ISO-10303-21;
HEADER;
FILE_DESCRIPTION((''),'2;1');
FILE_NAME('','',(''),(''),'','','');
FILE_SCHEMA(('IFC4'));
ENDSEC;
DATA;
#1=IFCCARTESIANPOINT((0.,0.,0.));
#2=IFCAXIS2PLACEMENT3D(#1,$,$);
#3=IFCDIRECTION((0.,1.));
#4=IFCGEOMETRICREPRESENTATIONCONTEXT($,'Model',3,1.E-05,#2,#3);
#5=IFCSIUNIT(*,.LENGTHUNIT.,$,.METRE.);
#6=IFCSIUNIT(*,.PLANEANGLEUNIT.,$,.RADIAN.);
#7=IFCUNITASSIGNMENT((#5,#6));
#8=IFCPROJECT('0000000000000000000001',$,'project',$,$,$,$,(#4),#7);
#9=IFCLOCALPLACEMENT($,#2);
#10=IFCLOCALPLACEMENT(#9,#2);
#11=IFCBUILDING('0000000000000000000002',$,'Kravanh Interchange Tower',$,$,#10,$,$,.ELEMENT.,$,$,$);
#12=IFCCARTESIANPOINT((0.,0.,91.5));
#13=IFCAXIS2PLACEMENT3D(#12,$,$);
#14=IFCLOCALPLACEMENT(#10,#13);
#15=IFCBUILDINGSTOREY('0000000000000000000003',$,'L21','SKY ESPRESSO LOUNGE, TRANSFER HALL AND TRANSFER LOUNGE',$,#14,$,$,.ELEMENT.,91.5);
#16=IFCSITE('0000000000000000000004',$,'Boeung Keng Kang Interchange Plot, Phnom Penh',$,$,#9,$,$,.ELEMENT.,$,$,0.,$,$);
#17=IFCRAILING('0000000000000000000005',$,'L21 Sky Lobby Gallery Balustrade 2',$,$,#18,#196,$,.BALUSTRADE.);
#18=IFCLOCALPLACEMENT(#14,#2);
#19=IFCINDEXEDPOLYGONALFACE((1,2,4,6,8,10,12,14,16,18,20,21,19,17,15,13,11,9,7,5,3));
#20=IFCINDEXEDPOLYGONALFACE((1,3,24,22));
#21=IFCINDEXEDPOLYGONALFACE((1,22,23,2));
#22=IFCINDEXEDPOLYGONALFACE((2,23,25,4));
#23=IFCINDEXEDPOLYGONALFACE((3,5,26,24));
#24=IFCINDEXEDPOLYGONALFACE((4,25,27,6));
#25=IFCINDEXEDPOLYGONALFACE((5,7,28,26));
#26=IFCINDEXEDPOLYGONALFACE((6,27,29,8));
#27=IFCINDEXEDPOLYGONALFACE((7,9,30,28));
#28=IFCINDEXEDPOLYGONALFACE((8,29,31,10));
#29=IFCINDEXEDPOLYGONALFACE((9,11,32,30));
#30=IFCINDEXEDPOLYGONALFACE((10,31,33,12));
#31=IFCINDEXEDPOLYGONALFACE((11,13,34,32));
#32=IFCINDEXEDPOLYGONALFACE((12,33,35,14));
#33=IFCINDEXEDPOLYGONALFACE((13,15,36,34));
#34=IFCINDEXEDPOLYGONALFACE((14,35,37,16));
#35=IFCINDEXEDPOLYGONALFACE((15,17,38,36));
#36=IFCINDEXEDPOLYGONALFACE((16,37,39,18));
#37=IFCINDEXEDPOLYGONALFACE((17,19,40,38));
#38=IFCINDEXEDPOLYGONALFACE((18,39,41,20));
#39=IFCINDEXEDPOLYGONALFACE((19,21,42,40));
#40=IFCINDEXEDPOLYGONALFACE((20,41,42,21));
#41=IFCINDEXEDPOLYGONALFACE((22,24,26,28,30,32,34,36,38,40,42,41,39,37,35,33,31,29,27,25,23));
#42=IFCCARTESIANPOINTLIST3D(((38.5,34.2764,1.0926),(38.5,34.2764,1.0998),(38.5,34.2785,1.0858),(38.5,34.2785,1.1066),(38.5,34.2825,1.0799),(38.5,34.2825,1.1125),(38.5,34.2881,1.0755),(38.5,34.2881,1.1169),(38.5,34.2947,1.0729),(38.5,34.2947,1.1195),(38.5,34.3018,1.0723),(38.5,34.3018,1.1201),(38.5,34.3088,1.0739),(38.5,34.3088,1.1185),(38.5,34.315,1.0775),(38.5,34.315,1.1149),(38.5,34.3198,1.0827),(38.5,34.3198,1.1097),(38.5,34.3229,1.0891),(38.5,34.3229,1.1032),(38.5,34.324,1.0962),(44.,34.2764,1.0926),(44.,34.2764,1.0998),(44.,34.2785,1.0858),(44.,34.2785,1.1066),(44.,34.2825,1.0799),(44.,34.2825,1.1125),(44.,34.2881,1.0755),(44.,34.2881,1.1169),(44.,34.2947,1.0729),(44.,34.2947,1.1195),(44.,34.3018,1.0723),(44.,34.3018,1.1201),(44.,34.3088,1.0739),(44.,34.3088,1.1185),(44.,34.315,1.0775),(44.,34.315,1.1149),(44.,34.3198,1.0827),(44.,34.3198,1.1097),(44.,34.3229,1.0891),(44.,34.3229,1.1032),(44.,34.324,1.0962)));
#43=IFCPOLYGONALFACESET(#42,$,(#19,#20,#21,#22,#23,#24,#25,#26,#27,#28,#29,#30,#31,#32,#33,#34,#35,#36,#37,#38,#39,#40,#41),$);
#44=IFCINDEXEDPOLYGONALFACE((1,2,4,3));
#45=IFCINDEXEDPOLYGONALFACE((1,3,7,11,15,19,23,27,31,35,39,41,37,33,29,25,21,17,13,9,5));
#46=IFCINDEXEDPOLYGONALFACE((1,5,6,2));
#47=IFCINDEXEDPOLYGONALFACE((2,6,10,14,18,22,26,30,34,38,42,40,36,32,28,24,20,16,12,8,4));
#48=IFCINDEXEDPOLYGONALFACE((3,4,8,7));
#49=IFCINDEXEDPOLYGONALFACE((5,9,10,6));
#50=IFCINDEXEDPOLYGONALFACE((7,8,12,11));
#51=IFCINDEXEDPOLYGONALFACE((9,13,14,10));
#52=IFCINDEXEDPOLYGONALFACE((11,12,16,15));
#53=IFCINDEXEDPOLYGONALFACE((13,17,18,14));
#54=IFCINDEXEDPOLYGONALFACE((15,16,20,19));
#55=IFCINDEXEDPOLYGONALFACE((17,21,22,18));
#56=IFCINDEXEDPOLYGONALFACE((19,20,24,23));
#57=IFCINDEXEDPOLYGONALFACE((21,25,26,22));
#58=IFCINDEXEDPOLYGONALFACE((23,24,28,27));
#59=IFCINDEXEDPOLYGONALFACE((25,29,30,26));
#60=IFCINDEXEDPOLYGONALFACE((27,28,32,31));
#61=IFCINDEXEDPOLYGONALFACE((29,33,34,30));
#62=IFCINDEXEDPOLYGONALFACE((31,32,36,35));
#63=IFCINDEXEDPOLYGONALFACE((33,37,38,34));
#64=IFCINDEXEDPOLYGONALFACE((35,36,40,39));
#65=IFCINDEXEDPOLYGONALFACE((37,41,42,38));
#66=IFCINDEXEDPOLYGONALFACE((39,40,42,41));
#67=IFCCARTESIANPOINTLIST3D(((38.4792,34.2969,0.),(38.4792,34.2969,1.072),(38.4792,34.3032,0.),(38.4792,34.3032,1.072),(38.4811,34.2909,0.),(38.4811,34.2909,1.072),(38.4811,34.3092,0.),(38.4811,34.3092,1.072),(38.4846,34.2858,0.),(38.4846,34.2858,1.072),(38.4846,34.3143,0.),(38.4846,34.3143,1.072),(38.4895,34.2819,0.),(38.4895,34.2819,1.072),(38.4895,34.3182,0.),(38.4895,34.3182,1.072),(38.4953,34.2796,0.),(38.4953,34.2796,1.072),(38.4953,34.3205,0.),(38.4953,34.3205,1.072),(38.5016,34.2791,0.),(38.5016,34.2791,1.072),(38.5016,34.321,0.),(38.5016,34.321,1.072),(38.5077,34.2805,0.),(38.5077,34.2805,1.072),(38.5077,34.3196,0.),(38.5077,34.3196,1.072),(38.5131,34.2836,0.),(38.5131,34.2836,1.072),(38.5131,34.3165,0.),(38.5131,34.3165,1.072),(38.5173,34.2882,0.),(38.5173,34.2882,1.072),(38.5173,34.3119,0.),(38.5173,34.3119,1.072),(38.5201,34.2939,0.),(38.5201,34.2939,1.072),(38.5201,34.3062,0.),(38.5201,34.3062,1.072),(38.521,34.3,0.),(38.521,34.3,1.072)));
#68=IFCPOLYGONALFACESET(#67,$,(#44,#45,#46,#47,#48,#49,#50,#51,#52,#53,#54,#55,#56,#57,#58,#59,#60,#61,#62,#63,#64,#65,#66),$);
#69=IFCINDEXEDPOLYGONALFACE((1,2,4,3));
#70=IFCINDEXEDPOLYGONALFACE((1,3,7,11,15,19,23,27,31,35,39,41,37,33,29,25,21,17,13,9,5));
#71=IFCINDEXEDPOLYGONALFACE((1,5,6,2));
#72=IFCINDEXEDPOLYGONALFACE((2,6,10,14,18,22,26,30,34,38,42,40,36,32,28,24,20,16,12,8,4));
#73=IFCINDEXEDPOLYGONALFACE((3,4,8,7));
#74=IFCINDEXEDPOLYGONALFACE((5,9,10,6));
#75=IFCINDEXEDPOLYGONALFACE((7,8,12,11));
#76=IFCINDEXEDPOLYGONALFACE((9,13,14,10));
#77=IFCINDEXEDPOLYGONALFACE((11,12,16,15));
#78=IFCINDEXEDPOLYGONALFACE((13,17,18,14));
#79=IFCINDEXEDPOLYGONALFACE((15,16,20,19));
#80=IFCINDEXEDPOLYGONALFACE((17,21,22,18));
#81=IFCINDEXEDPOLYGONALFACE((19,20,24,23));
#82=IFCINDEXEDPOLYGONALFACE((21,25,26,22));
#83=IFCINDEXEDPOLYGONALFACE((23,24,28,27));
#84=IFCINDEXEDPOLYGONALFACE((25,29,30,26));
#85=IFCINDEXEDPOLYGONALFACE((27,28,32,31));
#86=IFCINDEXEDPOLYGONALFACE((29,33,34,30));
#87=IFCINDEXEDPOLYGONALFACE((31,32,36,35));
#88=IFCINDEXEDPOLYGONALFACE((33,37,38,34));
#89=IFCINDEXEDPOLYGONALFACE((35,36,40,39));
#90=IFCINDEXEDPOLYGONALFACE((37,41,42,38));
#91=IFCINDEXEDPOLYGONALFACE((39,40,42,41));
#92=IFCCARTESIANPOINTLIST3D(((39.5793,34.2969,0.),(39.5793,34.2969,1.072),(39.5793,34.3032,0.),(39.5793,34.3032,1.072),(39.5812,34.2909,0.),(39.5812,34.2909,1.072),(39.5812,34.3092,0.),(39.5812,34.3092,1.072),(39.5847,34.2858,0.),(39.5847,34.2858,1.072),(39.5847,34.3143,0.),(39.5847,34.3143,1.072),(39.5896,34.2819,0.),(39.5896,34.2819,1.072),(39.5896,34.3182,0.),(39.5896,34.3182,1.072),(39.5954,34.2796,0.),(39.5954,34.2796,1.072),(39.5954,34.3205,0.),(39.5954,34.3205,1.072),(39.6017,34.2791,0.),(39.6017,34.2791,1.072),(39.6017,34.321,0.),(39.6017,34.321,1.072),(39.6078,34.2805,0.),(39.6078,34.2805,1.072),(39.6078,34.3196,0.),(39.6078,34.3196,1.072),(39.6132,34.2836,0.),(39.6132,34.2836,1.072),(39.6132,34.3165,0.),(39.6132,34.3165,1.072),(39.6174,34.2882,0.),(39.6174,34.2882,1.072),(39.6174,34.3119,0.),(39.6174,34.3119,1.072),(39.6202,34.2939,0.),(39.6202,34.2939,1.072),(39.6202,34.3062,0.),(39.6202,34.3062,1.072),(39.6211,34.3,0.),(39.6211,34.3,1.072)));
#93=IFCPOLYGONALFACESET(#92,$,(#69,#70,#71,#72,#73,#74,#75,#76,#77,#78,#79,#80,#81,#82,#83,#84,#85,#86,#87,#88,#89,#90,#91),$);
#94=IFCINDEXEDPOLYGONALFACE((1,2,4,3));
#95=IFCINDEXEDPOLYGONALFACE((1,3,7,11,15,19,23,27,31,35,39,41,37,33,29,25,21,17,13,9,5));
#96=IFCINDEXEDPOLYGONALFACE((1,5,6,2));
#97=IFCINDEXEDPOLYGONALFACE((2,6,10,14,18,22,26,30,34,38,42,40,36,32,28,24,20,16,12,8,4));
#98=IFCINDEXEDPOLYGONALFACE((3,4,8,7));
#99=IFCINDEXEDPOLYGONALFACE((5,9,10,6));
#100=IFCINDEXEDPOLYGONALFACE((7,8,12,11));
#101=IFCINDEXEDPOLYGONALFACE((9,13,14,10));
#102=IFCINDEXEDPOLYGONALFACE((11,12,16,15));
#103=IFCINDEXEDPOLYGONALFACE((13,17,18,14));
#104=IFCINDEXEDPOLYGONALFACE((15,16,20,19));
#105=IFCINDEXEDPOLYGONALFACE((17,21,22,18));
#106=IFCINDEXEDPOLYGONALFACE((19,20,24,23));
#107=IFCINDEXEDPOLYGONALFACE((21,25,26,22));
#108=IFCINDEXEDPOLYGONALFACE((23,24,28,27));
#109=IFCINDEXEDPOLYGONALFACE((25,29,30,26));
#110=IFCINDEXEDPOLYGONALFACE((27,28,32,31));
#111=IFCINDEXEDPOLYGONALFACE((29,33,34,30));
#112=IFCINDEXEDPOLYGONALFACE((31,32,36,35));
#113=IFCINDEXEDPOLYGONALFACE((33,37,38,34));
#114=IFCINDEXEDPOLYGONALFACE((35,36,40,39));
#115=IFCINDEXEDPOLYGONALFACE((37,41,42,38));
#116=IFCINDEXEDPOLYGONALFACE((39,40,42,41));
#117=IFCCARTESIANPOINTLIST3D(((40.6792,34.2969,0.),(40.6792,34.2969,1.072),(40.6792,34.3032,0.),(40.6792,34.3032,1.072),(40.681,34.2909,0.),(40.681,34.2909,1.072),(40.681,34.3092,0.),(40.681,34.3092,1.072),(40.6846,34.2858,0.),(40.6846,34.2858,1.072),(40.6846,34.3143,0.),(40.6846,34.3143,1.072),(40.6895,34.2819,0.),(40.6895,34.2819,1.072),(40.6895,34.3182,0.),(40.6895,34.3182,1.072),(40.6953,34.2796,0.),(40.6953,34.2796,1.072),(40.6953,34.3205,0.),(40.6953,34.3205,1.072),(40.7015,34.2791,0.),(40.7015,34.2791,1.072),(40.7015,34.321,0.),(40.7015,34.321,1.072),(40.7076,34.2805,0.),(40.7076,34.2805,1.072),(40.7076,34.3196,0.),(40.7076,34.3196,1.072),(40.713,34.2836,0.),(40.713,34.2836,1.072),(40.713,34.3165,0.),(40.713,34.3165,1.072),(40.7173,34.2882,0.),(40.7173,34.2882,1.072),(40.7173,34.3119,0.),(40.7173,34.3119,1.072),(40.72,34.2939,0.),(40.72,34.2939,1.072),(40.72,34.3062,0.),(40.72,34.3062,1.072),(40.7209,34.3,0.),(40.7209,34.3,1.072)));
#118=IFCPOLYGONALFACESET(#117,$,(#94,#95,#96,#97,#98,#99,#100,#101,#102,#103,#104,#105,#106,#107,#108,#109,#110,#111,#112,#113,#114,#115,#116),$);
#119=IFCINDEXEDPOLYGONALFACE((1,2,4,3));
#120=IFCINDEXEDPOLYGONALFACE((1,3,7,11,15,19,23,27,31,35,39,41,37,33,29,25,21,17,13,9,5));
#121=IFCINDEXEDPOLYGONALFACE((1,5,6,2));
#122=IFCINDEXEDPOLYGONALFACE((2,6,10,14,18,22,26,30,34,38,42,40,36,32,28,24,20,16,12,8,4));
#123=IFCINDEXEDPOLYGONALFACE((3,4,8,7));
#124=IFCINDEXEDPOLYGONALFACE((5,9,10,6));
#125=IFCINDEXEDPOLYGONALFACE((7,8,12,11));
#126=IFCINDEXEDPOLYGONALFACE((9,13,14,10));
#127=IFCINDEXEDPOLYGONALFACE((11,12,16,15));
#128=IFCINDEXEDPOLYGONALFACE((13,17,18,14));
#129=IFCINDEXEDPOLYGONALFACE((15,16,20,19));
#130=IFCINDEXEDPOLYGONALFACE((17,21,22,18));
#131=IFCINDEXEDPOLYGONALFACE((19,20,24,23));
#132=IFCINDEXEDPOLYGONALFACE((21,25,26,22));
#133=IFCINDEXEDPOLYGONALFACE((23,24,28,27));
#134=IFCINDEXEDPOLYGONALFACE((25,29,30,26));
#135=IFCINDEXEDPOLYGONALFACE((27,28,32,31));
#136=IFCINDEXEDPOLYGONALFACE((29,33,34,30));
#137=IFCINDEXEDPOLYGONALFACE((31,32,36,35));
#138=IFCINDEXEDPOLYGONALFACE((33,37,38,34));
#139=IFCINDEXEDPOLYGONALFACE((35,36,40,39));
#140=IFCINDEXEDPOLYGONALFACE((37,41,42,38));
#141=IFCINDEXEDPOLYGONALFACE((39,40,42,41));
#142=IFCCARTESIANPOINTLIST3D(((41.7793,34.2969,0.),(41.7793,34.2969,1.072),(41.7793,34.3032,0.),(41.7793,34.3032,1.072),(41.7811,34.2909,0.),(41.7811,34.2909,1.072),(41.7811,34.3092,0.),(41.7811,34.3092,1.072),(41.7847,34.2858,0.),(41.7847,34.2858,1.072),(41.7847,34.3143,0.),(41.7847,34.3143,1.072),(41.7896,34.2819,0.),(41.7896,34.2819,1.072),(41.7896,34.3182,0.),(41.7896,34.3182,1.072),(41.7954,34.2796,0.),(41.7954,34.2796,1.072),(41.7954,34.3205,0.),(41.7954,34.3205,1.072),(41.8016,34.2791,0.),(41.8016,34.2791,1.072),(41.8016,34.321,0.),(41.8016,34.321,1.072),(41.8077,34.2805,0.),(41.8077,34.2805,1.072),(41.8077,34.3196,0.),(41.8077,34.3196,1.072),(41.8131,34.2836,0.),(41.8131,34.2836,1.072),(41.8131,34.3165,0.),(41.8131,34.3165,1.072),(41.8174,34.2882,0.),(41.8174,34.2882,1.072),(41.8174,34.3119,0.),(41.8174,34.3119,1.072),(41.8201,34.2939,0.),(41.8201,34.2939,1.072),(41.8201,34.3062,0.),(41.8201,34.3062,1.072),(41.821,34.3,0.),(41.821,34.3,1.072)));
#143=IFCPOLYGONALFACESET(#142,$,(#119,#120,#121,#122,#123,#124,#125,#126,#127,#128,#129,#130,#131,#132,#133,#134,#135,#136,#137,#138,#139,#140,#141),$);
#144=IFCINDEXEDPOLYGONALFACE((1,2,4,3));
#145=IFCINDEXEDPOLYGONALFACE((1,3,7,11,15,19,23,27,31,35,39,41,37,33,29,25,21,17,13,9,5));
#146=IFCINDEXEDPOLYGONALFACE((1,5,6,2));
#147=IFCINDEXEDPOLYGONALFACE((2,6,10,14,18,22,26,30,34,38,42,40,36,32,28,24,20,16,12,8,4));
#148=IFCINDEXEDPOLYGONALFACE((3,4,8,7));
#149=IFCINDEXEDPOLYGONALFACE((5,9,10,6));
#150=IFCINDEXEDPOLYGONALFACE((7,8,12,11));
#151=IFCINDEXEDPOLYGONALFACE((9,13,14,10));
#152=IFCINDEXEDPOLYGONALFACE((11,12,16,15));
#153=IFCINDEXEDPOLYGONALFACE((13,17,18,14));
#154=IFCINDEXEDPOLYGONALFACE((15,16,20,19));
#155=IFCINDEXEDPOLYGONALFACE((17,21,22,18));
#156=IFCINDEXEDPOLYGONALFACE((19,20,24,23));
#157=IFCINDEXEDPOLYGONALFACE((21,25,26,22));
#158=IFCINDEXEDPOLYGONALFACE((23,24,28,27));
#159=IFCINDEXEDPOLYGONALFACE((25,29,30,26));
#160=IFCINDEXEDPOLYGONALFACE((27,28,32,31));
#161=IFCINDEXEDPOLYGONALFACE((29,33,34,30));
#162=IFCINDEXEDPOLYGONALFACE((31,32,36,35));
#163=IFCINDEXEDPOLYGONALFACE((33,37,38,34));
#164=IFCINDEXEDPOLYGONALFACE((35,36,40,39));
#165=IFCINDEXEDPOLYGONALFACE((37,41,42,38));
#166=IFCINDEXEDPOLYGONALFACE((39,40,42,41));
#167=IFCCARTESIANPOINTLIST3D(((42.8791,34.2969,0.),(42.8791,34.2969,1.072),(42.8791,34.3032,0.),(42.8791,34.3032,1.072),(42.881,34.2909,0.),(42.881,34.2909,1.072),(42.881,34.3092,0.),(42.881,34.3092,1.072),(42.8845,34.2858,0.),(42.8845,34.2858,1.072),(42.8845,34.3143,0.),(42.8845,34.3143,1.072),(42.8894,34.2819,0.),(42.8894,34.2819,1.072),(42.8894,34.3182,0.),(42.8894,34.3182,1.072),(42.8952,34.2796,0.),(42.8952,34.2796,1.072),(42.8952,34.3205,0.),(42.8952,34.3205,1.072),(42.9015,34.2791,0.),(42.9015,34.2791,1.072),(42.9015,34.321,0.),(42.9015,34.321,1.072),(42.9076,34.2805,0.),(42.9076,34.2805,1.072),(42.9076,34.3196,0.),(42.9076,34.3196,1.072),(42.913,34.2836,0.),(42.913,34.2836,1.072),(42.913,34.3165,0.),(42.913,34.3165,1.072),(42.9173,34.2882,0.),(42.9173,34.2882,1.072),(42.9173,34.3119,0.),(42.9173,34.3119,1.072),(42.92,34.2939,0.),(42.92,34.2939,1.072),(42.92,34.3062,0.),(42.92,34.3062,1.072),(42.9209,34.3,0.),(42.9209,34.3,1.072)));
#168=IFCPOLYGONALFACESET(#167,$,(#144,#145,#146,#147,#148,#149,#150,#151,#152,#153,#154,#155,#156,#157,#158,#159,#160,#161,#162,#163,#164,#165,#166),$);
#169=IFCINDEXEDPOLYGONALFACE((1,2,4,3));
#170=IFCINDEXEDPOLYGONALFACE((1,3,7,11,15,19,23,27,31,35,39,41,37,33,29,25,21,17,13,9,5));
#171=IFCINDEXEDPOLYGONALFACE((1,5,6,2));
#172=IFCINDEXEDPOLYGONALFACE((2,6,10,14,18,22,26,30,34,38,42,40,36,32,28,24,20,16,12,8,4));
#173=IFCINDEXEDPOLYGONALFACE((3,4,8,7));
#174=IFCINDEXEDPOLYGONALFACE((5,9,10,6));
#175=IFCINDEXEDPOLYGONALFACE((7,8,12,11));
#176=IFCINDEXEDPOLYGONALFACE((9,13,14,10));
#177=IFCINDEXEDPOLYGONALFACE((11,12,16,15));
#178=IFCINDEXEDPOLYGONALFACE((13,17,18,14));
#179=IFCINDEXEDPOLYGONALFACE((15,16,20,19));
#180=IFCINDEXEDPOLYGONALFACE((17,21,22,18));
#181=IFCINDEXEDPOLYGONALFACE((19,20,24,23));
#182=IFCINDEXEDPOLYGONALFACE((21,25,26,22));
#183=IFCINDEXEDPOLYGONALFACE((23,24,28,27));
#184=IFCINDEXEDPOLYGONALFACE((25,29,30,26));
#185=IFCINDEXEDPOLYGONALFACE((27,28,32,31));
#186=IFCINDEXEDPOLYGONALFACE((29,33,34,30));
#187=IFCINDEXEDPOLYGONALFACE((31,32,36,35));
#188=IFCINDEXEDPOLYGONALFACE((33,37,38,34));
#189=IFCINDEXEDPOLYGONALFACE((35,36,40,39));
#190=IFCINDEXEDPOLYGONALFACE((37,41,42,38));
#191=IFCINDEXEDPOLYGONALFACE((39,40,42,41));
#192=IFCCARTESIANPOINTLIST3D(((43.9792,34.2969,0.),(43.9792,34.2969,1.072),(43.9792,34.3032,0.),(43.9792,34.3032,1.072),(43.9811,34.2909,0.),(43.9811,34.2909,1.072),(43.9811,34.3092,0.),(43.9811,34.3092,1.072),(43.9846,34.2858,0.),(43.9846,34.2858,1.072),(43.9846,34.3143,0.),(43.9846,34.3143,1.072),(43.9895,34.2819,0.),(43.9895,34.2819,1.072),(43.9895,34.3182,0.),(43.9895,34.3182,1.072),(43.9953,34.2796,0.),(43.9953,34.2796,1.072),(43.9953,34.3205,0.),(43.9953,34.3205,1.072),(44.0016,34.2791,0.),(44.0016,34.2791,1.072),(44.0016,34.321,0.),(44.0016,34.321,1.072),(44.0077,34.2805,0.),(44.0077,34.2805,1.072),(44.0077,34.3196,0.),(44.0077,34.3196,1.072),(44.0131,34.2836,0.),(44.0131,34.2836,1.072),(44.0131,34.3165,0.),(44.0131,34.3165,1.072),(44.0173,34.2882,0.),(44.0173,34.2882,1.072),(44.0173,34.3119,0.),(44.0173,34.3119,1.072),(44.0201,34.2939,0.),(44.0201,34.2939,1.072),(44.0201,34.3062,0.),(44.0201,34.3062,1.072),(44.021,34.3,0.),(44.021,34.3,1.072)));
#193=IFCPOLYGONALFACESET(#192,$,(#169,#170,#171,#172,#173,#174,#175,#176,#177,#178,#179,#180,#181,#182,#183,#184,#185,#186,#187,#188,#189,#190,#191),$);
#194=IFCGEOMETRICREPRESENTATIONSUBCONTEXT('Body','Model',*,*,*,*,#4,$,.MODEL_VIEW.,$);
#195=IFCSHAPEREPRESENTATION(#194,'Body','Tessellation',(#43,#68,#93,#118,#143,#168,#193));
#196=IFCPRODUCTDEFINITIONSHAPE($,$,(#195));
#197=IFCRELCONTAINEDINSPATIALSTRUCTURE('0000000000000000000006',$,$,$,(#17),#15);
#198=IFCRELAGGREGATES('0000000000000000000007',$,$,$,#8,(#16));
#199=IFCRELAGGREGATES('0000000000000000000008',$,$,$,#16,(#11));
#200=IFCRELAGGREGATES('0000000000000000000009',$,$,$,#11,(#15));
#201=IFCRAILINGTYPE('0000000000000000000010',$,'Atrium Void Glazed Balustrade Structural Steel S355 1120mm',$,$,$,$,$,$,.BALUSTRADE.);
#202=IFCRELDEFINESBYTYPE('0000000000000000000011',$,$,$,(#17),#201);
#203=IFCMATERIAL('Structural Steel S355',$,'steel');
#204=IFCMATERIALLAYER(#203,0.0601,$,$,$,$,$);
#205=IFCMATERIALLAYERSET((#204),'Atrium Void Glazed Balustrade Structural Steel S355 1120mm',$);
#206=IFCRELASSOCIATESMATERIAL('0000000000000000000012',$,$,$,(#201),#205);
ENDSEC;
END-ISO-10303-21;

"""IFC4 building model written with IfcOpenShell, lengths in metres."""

from ifc_helpers import new_model, si_unit, direction, frame, origin, origin_2d, place, context, subcontext, project, spatial, circle, extrude, material, layer, layer_set, type_object, element, save


model = new_model("IFC4")

# Units and contexts
model_context = context("Model", 3, precision=1e-05, world=origin(), true_north=direction((0.0, 1.0)))
body_context = subcontext(model_context, "Body", "Model", "MODEL_VIEW")
ifc_project = project(units=[si_unit("LENGTHUNIT", "METRE"), si_unit("PLANEANGLEUNIT", "RADIAN")], contexts=[model_context])

# Site, building, storey
site_placement = place(None, origin())
site = spatial("IfcSite", under=ifc_project, at=site_placement, Name="Boeung Keng Kang Interchange Plot, Phnom Penh", CompositionType="ELEMENT", RefElevation=0.0)
building_placement = place(site_placement, origin())
building = spatial("IfcBuilding", under=site, at=building_placement, Name="Kravanh Interchange Tower", CompositionType="ELEMENT")
storey_placement = place(building_placement, frame((0.0, 0.0, 91.5)))
storey = spatial("IfcBuildingStorey", under=building, at=storey_placement, Name="L21", Description="SKY ESPRESSO LOUNGE, TRANSFER HALL AND TRANSFER LOUNGE", CompositionType="ELEMENT", Elevation=91.5)

# Railing
ifc_material_1 = material(Name="Structural Steel S355", Category="steel")
ifc_layer_1 = layer(ifc_material_1, 0.0601)
ifc_layer_set_1 = layer_set([ifc_layer_1], Name="Atrium Void Glazed Balustrade Structural Steel S355 1120mm")
railing_type = type_object("IfcRailingType", Name="Atrium Void Glazed Balustrade Structural Steel S355 1120mm", PredefinedType="BALUSTRADE", material=ifc_layer_set_1)
railing_placement = place(storey_placement, frame((38.5, 34.3, 0.0)))
element("IfcRailing", 1, at=railing_placement, inside=storey, type_object=railing_type, Name="L21 Sky Lobby Gallery Balustrade 2", PredefinedType="BALUSTRADE", context=body_context, shape_type="SweptSolid", body=[
    extrude(circle(Radius=0.0239, at=origin_2d()), frame((0.0, 0.0, 1.0962), z_axis=(1.0, 0.0, 0.0), x_axis=(0.0, 1.0, 0.0)), (0.0, 0.0, 1.0), 5.5),
    extrude(circle(Radius=0.021, at=origin_2d()), origin(), (0.0, 0.0, 1.0), 1.072),
    extrude(circle(Radius=0.021, at=origin_2d()), frame((1.1001, 0.0, 0.0)), (0.0, 0.0, 1.0), 1.072),
    extrude(circle(Radius=0.021, at=origin_2d()), frame((2.2, 0.0, 0.0)), (0.0, 0.0, 1.0), 1.072),
    extrude(circle(Radius=0.021, at=origin_2d()), frame((3.3, 0.0, 0.0)), (0.0, 0.0, 1.0), 1.072),
    extrude(circle(Radius=0.021, at=origin_2d()), frame((4.3999, 0.0, 0.0)), (0.0, 0.0, 1.0), 1.072),
    extrude(circle(Radius=0.021, at=origin_2d()), frame((5.5, 0.0, 0.0)), (0.0, 0.0, 1.0), 1.072),
])

save(model, "model.ifc")
